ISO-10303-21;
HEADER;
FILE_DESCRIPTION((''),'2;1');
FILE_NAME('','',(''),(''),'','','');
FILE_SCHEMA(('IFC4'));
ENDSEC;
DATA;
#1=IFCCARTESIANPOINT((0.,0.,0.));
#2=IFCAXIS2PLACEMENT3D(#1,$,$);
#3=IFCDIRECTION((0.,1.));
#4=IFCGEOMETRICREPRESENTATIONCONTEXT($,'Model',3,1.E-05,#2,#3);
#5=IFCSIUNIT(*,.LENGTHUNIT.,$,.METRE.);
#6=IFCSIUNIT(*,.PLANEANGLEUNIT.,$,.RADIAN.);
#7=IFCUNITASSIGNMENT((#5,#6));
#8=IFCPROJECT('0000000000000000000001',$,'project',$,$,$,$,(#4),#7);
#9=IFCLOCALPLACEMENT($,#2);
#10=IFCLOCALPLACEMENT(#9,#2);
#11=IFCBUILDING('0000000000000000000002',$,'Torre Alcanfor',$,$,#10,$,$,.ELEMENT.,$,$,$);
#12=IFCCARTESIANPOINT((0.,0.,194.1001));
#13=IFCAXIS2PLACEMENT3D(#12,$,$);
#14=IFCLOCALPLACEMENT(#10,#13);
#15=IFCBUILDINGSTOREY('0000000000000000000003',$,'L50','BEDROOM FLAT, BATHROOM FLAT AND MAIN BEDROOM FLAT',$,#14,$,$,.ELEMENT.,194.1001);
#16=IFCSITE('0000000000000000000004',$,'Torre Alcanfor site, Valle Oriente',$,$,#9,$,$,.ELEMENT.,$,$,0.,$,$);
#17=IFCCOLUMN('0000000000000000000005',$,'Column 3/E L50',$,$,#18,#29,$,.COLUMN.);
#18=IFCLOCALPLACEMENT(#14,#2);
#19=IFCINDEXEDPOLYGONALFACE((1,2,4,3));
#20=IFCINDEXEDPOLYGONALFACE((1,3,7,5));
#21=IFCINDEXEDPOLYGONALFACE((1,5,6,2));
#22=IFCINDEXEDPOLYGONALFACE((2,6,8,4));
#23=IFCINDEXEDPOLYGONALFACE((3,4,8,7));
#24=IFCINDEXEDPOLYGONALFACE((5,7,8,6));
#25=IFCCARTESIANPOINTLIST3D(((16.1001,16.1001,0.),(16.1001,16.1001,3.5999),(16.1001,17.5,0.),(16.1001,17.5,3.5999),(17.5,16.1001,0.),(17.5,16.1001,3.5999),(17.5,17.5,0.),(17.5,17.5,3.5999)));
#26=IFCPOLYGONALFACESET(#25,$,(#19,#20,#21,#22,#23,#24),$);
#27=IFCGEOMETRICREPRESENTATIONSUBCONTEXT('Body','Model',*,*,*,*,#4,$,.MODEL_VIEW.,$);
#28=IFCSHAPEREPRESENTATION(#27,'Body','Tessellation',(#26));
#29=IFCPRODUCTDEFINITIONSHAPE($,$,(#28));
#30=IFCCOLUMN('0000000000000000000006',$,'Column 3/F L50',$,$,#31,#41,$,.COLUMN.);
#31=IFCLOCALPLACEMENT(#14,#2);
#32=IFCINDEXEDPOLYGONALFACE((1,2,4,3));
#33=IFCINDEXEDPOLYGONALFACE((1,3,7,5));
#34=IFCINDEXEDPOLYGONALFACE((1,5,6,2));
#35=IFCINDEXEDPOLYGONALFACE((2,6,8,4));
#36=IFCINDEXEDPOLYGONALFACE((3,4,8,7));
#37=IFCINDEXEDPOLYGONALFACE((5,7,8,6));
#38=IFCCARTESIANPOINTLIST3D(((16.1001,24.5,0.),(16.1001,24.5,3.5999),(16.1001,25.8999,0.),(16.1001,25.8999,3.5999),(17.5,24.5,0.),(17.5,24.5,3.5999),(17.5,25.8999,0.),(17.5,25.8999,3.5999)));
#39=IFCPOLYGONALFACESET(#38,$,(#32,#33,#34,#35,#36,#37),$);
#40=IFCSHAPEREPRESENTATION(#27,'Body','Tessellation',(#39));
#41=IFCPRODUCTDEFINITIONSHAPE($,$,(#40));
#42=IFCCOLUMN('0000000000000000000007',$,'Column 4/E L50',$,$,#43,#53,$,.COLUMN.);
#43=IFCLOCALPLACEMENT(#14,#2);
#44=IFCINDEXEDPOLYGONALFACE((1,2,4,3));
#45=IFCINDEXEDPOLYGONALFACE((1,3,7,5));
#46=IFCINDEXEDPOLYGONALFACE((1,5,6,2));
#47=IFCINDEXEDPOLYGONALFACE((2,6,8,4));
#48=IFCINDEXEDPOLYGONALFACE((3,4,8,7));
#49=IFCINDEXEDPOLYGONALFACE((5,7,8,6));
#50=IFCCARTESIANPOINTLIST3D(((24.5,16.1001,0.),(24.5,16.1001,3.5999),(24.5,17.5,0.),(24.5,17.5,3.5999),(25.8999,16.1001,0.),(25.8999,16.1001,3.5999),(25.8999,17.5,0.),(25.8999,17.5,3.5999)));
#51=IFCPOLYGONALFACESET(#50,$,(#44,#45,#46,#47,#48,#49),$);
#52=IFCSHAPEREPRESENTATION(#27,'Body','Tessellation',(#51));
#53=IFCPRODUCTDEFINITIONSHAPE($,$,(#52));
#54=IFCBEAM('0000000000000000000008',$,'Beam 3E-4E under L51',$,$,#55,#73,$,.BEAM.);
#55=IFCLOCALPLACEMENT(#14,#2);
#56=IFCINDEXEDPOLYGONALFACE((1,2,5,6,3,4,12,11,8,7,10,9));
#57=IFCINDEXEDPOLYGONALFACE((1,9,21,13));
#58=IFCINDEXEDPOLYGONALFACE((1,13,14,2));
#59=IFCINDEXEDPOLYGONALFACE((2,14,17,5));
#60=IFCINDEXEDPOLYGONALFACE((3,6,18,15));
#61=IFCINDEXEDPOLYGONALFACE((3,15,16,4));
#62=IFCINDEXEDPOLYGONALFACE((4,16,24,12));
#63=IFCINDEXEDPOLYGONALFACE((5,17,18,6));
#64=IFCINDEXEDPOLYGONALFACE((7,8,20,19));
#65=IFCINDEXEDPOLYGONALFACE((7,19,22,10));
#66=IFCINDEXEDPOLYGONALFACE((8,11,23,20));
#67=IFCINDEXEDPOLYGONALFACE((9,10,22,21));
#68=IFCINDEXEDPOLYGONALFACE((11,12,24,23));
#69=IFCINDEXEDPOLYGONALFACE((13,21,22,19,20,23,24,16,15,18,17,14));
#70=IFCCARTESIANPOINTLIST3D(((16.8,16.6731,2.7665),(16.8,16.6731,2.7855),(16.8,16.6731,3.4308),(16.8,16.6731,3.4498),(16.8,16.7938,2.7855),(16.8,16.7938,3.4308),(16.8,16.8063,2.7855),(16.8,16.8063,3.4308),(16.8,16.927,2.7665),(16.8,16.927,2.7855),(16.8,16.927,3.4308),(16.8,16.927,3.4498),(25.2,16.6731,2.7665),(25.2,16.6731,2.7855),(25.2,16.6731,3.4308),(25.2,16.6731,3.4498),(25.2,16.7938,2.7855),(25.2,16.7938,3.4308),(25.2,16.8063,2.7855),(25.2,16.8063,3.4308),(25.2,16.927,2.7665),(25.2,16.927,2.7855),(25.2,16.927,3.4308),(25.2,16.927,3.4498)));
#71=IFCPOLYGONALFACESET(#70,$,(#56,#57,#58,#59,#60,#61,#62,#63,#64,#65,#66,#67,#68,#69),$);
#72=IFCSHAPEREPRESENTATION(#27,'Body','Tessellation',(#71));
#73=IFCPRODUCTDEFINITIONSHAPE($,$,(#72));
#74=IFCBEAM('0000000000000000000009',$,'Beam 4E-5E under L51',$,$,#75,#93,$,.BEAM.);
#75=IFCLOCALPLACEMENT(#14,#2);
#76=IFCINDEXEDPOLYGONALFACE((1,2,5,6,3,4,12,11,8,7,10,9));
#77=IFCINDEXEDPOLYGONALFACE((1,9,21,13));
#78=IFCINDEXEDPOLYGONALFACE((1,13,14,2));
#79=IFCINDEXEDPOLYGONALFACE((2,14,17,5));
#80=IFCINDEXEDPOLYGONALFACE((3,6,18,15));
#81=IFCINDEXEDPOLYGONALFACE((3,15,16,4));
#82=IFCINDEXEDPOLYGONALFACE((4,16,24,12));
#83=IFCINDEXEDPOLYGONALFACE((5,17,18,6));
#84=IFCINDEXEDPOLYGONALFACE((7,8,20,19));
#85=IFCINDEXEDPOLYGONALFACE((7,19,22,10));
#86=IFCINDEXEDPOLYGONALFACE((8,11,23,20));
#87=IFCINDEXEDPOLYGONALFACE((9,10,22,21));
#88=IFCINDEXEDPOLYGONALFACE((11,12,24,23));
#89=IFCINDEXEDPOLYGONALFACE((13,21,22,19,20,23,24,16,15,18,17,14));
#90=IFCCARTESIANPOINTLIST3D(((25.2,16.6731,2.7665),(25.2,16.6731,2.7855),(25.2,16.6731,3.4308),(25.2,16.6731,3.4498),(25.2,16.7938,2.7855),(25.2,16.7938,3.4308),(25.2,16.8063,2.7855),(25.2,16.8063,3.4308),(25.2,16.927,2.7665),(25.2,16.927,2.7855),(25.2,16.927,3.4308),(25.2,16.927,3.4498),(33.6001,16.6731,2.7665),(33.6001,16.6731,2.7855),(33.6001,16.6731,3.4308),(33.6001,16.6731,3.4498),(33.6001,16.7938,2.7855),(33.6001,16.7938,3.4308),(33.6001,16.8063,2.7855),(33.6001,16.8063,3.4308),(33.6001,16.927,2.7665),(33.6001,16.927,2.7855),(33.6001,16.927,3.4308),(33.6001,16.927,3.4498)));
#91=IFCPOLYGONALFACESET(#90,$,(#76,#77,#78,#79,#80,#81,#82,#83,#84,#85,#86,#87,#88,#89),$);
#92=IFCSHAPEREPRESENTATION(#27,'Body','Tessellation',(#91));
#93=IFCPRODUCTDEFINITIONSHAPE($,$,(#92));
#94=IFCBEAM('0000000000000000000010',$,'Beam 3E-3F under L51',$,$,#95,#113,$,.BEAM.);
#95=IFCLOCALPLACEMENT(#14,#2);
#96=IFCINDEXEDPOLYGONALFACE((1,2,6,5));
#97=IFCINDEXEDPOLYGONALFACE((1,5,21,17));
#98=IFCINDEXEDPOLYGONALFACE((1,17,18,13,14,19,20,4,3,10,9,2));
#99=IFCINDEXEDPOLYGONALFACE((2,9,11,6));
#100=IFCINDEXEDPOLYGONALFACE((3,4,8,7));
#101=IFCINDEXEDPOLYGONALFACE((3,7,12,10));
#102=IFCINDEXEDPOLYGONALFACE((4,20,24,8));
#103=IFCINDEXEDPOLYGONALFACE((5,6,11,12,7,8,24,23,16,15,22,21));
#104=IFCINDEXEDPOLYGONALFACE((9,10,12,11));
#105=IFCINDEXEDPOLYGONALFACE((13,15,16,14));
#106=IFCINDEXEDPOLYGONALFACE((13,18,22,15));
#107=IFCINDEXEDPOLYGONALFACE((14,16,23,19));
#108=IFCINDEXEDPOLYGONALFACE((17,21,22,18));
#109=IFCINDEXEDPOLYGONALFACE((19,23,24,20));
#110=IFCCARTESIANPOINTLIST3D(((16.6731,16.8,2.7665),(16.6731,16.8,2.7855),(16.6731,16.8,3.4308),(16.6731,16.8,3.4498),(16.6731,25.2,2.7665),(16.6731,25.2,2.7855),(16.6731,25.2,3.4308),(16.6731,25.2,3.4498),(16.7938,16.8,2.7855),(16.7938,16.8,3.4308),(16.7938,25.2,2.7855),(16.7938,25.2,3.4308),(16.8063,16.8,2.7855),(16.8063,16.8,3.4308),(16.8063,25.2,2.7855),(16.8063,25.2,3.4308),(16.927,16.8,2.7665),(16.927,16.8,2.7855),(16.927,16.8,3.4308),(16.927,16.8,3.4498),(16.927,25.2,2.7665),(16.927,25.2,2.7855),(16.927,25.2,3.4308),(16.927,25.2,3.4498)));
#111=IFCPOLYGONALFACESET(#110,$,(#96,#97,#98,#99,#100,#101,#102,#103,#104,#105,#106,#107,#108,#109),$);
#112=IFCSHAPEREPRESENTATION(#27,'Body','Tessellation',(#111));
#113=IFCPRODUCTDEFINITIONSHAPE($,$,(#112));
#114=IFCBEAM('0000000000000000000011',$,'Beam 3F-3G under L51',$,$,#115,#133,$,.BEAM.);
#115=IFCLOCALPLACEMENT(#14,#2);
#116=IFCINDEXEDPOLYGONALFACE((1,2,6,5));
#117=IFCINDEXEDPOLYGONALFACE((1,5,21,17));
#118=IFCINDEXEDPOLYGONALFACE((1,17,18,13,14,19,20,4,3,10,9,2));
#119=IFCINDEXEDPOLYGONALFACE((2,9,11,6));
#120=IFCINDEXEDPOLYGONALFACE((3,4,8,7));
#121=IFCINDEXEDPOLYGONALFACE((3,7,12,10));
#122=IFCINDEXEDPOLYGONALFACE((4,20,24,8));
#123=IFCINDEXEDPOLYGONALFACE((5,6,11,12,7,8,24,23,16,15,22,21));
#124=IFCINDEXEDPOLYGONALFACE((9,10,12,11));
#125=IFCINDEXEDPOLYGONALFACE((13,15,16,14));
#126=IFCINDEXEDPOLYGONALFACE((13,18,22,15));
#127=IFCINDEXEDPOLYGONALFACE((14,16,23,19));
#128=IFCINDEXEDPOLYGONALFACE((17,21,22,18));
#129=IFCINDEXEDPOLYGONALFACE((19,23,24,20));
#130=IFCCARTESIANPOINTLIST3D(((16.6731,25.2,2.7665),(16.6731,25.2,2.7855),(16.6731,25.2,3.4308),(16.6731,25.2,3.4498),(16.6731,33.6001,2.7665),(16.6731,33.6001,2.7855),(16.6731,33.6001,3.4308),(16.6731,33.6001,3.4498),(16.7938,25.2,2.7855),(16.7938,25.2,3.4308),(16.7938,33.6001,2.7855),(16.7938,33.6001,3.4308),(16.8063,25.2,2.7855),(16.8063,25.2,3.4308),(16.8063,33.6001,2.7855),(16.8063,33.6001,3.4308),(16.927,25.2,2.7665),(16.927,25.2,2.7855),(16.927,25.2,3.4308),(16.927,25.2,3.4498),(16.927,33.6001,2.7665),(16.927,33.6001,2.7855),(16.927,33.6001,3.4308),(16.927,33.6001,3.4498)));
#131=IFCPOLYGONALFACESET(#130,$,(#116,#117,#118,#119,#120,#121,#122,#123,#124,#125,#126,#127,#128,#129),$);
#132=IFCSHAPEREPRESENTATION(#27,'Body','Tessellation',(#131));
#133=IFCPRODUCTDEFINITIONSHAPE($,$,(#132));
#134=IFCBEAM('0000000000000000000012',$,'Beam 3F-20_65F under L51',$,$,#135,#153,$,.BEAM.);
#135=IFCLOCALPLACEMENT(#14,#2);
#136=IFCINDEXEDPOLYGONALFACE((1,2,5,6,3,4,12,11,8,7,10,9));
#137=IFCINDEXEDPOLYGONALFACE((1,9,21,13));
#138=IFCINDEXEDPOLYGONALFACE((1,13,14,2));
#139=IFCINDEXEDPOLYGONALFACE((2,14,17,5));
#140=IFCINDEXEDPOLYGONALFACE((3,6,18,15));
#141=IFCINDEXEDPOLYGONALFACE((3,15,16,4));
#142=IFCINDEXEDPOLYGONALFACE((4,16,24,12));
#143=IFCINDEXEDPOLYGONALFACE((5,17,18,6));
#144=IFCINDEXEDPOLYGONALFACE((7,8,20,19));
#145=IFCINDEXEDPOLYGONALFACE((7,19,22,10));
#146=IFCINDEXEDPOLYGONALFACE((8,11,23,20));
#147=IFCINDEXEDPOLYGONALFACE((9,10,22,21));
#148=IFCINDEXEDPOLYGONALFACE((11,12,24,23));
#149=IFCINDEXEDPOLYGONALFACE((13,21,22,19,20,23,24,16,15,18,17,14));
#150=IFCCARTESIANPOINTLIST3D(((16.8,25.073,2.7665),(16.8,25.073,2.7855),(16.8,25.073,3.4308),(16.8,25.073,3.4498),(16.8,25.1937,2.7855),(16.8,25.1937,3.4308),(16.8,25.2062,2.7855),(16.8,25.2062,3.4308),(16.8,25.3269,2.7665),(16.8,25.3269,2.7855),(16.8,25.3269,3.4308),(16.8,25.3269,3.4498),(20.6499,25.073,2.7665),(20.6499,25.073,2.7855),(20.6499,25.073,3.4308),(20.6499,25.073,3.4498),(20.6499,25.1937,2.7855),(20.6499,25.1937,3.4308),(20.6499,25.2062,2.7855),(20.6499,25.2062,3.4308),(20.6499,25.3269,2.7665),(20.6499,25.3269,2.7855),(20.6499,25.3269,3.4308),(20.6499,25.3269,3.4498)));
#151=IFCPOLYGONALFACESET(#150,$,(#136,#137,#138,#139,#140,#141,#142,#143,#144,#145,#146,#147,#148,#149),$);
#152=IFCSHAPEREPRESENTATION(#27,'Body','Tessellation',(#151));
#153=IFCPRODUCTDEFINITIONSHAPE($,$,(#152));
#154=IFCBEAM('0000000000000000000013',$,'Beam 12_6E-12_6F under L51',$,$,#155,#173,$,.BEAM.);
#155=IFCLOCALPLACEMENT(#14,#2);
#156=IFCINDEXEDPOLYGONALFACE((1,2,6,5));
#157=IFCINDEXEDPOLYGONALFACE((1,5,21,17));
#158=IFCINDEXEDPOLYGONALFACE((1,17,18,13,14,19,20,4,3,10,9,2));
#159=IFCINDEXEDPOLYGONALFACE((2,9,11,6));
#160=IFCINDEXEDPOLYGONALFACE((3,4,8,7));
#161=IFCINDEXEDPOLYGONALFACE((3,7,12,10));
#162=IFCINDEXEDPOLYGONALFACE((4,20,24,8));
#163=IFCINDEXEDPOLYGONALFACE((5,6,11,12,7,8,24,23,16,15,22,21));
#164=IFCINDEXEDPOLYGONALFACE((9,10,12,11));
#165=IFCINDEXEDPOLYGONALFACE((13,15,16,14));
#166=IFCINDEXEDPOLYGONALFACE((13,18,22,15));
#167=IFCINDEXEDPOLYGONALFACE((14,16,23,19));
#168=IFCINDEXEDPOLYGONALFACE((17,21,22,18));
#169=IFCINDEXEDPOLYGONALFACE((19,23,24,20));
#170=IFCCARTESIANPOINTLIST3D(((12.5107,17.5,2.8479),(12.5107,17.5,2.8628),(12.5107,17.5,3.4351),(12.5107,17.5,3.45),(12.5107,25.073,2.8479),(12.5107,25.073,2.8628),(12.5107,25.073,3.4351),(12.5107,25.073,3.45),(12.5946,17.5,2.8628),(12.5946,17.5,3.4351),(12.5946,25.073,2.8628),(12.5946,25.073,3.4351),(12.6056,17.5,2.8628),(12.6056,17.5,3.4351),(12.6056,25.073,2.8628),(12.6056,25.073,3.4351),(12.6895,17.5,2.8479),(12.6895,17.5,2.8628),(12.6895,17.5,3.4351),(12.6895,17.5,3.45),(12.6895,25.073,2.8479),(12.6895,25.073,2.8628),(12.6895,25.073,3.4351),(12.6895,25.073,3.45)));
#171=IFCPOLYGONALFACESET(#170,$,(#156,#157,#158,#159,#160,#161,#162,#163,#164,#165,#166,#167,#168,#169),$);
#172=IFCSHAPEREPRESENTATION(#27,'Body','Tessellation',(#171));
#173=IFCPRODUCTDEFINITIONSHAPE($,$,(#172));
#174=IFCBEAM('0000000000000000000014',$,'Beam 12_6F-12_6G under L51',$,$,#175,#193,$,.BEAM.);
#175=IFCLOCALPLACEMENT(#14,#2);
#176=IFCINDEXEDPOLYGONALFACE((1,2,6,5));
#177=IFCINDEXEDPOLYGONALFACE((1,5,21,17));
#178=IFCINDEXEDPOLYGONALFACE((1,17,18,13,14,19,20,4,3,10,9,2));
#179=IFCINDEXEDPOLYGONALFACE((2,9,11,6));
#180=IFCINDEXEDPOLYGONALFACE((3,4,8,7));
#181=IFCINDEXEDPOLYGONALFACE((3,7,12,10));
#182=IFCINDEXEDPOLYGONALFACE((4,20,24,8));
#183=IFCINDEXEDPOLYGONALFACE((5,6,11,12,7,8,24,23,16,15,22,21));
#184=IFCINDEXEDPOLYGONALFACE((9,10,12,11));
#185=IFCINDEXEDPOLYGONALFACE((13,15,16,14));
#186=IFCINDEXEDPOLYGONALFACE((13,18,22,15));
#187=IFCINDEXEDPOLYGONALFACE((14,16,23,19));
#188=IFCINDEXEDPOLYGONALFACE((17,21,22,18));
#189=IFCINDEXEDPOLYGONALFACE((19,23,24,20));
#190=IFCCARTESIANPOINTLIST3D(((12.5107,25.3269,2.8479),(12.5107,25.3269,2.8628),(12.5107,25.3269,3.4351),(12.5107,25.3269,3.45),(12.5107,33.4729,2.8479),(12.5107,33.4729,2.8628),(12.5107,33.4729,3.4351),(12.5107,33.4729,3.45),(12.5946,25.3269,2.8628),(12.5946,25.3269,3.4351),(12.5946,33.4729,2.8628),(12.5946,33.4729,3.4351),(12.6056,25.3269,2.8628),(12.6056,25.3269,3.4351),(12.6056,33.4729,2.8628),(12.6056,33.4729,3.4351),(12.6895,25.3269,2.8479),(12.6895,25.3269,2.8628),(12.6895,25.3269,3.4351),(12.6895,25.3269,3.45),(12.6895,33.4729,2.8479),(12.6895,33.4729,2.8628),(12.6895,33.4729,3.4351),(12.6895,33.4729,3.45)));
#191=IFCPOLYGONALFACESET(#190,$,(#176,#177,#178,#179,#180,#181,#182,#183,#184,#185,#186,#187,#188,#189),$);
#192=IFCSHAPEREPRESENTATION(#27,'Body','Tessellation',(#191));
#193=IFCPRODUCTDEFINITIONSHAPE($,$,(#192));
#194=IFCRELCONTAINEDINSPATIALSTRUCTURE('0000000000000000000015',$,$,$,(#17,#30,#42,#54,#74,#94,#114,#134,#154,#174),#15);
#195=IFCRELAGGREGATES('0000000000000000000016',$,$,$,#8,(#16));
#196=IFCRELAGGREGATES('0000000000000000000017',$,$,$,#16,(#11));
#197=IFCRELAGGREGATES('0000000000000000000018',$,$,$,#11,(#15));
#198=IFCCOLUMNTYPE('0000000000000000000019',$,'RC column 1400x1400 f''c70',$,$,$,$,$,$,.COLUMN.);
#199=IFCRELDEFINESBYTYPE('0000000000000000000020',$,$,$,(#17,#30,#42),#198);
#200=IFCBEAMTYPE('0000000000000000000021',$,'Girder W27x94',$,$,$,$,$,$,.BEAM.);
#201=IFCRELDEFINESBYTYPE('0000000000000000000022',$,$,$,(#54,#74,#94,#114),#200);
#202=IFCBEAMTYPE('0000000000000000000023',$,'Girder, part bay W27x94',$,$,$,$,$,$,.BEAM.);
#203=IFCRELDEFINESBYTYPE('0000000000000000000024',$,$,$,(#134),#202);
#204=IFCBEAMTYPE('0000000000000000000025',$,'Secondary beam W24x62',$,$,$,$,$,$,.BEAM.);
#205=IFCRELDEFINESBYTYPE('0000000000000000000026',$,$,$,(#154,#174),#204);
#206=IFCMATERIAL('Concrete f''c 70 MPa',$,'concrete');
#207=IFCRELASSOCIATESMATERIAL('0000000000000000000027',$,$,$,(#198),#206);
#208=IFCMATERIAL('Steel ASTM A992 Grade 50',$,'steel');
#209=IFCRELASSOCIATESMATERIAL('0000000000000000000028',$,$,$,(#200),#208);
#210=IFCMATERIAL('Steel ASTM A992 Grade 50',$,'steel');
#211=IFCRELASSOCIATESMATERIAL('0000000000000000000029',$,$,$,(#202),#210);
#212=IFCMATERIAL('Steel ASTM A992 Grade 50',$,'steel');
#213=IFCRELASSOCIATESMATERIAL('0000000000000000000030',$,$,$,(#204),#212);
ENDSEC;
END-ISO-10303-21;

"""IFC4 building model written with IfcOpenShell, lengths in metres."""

from ifc_helpers import new_model, si_unit, direction, frame, origin, origin_2d, place, context, subcontext, project, spatial, rectangle, i_section, extrude, material, material_profile, profile_set, type_object, element, save


model = new_model("IFC4")

# Units and contexts
model_context = context("Model", 3, precision=1e-05, world=origin(), true_north=direction((0.0, 1.0)))
body_context = subcontext(model_context, "Body", "Model", "MODEL_VIEW")
ifc_project = project(units=[si_unit("LENGTHUNIT", "METRE"), si_unit("PLANEANGLEUNIT", "RADIAN")], contexts=[model_context])

# Site, building, storey
site_placement = place(None, origin())
site = spatial("IfcSite", under=ifc_project, at=site_placement, Name="Torre Alcanfor site, Valle Oriente", CompositionType="ELEMENT", RefElevation=0.0)
building_placement = place(site_placement, origin())
building = spatial("IfcBuilding", under=site, at=building_placement, Name="Torre Alcanfor", CompositionType="ELEMENT")
storey_placement = place(building_placement, frame((0.0, 0.0, 194.1001)))
storey = spatial("IfcBuildingStorey", under=building, at=storey_placement, Name="L50", Description="BEDROOM FLAT, BATHROOM FLAT AND MAIN BEDROOM FLAT", CompositionType="ELEMENT", Elevation=194.1001)

# Columns
ifc_material_1 = material(Name="Concrete f'c 70 MPa", Category="concrete")
ifc_material_profile_1 = material_profile(ifc_material_1, rectangle(XDim=1.3999, YDim=1.3999, at=origin_2d()), Name="1400x1400")
ifc_profile_set_1 = profile_set([ifc_material_profile_1], Name="Concrete f'c 70 MPa")
column_type = type_object("IfcColumnType", Name="RC column 1400x1400 f'c70", PredefinedType="COLUMN", material=ifc_profile_set_1)
for number, where, z_axis, x_axis, name in (
    (1, (16.8, 16.8, 0.0), (0.0, 0.0, 1.0), (1.0, 0.0, 0.0), "Column 3/E L50"),
    (2, (16.8, 25.2, 0.0), (0.0, 0.0, 1.0), (1.0, 0.0, 0.0), "Column 3/F L50"),
    (3, (25.2, 16.8, 0.0), (0.0, 0.0, 1.0), (1.0, 0.0, 0.0), "Column 4/E L50"),
):
    element("IfcColumn", number, at=place(storey_placement, frame(where, z_axis=z_axis, x_axis=x_axis)), inside=storey, type_object=column_type, Name=name, PredefinedType="COLUMN", context=body_context, shape_type="SweptSolid", body=[
        extrude(rectangle(XDim=1.3999, YDim=1.3999, at=origin_2d()), origin(), (0.0, 0.0, 1.0), 3.5999),
    ])

# Beams
ifc_material_2 = material(Name="Steel ASTM A992 Grade 50", Category="steel")
ifc_material_profile_2 = material_profile(ifc_material_2, i_section(OverallWidth=0.2539, OverallDepth=0.6833, WebThickness=0.0125, FlangeThickness=0.019, at=origin_2d()), Name="W27x94")
ifc_profile_set_2 = profile_set([ifc_material_profile_2], Name="Steel ASTM A992 Grade 50")
beam_type_1 = type_object("IfcBeamType", Name="Girder W27x94", PredefinedType="BEAM", material=ifc_profile_set_2)
beam_1_placement = place(storey_placement, frame((16.8, 16.8, 3.1082), z_axis=(1.0, 0.0, 0.0), x_axis=(0.0, 1.0, 0.0)))
element("IfcBeam", 4, at=beam_1_placement, inside=storey, type_object=beam_type_1, Name="Beam 3E-4E under L51", PredefinedType="BEAM", context=body_context, shape_type="SweptSolid", body=[
    extrude(i_section(OverallWidth=0.2539, OverallDepth=0.6833, WebThickness=0.0125, FlangeThickness=0.019, at=origin_2d()), origin(), (0.0, 0.0, 1.0), 8.3999),
])
beam_2_placement = place(storey_placement, frame((25.2, 16.8, 3.1082), z_axis=(1.0, 0.0, 0.0), x_axis=(0.0, 1.0, 0.0)))
element("IfcBeam", 5, at=beam_2_placement, inside=storey, type_object=beam_type_1, Name="Beam 4E-5E under L51", PredefinedType="BEAM", context=body_context, shape_type="SweptSolid", body=[
    extrude(i_section(OverallWidth=0.2539, OverallDepth=0.6833, WebThickness=0.0125, FlangeThickness=0.019, at=origin_2d()), origin(), (0.0, 0.0, 1.0), 8.4001),
])
beam_3_placement = place(storey_placement, frame((16.8, 16.8, 3.1082), z_axis=(0.0, 1.0, 0.0), x_axis=(-1.0, 0.0, 0.0)))
element("IfcBeam", 6, at=beam_3_placement, inside=storey, type_object=beam_type_1, Name="Beam 3E-3F under L51", PredefinedType="BEAM", context=body_context, shape_type="SweptSolid", body=[
    extrude(i_section(OverallWidth=0.2539, OverallDepth=0.6833, WebThickness=0.0125, FlangeThickness=0.019, at=origin_2d()), origin(), (0.0, 0.0, 1.0), 8.3999),
])
beam_4_placement = place(storey_placement, frame((16.8, 25.2, 3.1082), z_axis=(0.0, 1.0, 0.0), x_axis=(-1.0, 0.0, 0.0)))
element("IfcBeam", 7, at=beam_4_placement, inside=storey, type_object=beam_type_1, Name="Beam 3F-3G under L51", PredefinedType="BEAM", context=body_context, shape_type="SweptSolid", body=[
    extrude(i_section(OverallWidth=0.2539, OverallDepth=0.6833, WebThickness=0.0125, FlangeThickness=0.019, at=origin_2d()), origin(), (0.0, 0.0, 1.0), 8.4001),
])
ifc_material_3 = material(Name="Steel ASTM A992 Grade 50", Category="steel")
ifc_material_profile_3 = material_profile(ifc_material_3, i_section(OverallWidth=0.2539, OverallDepth=0.6833, WebThickness=0.0125, FlangeThickness=0.019, at=origin_2d()), Name="W27x94")
ifc_profile_set_3 = profile_set([ifc_material_profile_3], Name="Steel ASTM A992 Grade 50")
beam_type_2 = type_object("IfcBeamType", Name="Girder, part bay W27x94", PredefinedType="BEAM", material=ifc_profile_set_3)
beam_5_placement = place(storey_placement, frame((16.8, 25.2, 3.1082), z_axis=(1.0, 0.0, 0.0), x_axis=(0.0, 1.0, 0.0)))
element("IfcBeam", 8, at=beam_5_placement, inside=storey, type_object=beam_type_2, Name="Beam 3F-20_65F under L51", PredefinedType="BEAM", context=body_context, shape_type="SweptSolid", body=[
    extrude(i_section(OverallWidth=0.2539, OverallDepth=0.6833, WebThickness=0.0125, FlangeThickness=0.019, at=origin_2d()), origin(), (0.0, 0.0, 1.0), 3.8499),
])
ifc_material_4 = material(Name="Steel ASTM A992 Grade 50", Category="steel")
ifc_material_profile_4 = material_profile(ifc_material_4, i_section(OverallWidth=0.1787, OverallDepth=0.6021, WebThickness=0.011, FlangeThickness=0.0149, at=origin_2d()), Name="W24x62")
ifc_profile_set_4 = profile_set([ifc_material_profile_4], Name="Steel ASTM A992 Grade 50")
beam_type_3 = type_object("IfcBeamType", Name="Secondary beam W24x62", PredefinedType="BEAM", material=ifc_profile_set_4)
beam_6_placement = place(storey_placement, frame((12.6001, 17.5, 3.1489), z_axis=(0.0, 1.0, 0.0), x_axis=(-1.0, 0.0, 0.0)))
element("IfcBeam", 9, at=beam_6_placement, inside=storey, type_object=beam_type_3, Name="Beam 12_6E-12_6F under L51", PredefinedType="BEAM", context=body_context, shape_type="SweptSolid", body=[
    extrude(i_section(OverallWidth=0.1787, OverallDepth=0.6021, WebThickness=0.011, FlangeThickness=0.0149, at=origin_2d()), origin(), (0.0, 0.0, 1.0), 7.573),
])
beam_7_placement = place(storey_placement, frame((12.6001, 25.3269, 3.1489), z_axis=(0.0, 1.0, 0.0), x_axis=(-1.0, 0.0, 0.0)))
element("IfcBeam", 10, at=beam_7_placement, inside=storey, type_object=beam_type_3, Name="Beam 12_6F-12_6G under L51", PredefinedType="BEAM", context=body_context, shape_type="SweptSolid", body=[
    extrude(i_section(OverallWidth=0.1787, OverallDepth=0.6021, WebThickness=0.011, FlangeThickness=0.0149, at=origin_2d()), origin(), (0.0, 0.0, 1.0), 8.146),
])

save(model, "model.ifc")
